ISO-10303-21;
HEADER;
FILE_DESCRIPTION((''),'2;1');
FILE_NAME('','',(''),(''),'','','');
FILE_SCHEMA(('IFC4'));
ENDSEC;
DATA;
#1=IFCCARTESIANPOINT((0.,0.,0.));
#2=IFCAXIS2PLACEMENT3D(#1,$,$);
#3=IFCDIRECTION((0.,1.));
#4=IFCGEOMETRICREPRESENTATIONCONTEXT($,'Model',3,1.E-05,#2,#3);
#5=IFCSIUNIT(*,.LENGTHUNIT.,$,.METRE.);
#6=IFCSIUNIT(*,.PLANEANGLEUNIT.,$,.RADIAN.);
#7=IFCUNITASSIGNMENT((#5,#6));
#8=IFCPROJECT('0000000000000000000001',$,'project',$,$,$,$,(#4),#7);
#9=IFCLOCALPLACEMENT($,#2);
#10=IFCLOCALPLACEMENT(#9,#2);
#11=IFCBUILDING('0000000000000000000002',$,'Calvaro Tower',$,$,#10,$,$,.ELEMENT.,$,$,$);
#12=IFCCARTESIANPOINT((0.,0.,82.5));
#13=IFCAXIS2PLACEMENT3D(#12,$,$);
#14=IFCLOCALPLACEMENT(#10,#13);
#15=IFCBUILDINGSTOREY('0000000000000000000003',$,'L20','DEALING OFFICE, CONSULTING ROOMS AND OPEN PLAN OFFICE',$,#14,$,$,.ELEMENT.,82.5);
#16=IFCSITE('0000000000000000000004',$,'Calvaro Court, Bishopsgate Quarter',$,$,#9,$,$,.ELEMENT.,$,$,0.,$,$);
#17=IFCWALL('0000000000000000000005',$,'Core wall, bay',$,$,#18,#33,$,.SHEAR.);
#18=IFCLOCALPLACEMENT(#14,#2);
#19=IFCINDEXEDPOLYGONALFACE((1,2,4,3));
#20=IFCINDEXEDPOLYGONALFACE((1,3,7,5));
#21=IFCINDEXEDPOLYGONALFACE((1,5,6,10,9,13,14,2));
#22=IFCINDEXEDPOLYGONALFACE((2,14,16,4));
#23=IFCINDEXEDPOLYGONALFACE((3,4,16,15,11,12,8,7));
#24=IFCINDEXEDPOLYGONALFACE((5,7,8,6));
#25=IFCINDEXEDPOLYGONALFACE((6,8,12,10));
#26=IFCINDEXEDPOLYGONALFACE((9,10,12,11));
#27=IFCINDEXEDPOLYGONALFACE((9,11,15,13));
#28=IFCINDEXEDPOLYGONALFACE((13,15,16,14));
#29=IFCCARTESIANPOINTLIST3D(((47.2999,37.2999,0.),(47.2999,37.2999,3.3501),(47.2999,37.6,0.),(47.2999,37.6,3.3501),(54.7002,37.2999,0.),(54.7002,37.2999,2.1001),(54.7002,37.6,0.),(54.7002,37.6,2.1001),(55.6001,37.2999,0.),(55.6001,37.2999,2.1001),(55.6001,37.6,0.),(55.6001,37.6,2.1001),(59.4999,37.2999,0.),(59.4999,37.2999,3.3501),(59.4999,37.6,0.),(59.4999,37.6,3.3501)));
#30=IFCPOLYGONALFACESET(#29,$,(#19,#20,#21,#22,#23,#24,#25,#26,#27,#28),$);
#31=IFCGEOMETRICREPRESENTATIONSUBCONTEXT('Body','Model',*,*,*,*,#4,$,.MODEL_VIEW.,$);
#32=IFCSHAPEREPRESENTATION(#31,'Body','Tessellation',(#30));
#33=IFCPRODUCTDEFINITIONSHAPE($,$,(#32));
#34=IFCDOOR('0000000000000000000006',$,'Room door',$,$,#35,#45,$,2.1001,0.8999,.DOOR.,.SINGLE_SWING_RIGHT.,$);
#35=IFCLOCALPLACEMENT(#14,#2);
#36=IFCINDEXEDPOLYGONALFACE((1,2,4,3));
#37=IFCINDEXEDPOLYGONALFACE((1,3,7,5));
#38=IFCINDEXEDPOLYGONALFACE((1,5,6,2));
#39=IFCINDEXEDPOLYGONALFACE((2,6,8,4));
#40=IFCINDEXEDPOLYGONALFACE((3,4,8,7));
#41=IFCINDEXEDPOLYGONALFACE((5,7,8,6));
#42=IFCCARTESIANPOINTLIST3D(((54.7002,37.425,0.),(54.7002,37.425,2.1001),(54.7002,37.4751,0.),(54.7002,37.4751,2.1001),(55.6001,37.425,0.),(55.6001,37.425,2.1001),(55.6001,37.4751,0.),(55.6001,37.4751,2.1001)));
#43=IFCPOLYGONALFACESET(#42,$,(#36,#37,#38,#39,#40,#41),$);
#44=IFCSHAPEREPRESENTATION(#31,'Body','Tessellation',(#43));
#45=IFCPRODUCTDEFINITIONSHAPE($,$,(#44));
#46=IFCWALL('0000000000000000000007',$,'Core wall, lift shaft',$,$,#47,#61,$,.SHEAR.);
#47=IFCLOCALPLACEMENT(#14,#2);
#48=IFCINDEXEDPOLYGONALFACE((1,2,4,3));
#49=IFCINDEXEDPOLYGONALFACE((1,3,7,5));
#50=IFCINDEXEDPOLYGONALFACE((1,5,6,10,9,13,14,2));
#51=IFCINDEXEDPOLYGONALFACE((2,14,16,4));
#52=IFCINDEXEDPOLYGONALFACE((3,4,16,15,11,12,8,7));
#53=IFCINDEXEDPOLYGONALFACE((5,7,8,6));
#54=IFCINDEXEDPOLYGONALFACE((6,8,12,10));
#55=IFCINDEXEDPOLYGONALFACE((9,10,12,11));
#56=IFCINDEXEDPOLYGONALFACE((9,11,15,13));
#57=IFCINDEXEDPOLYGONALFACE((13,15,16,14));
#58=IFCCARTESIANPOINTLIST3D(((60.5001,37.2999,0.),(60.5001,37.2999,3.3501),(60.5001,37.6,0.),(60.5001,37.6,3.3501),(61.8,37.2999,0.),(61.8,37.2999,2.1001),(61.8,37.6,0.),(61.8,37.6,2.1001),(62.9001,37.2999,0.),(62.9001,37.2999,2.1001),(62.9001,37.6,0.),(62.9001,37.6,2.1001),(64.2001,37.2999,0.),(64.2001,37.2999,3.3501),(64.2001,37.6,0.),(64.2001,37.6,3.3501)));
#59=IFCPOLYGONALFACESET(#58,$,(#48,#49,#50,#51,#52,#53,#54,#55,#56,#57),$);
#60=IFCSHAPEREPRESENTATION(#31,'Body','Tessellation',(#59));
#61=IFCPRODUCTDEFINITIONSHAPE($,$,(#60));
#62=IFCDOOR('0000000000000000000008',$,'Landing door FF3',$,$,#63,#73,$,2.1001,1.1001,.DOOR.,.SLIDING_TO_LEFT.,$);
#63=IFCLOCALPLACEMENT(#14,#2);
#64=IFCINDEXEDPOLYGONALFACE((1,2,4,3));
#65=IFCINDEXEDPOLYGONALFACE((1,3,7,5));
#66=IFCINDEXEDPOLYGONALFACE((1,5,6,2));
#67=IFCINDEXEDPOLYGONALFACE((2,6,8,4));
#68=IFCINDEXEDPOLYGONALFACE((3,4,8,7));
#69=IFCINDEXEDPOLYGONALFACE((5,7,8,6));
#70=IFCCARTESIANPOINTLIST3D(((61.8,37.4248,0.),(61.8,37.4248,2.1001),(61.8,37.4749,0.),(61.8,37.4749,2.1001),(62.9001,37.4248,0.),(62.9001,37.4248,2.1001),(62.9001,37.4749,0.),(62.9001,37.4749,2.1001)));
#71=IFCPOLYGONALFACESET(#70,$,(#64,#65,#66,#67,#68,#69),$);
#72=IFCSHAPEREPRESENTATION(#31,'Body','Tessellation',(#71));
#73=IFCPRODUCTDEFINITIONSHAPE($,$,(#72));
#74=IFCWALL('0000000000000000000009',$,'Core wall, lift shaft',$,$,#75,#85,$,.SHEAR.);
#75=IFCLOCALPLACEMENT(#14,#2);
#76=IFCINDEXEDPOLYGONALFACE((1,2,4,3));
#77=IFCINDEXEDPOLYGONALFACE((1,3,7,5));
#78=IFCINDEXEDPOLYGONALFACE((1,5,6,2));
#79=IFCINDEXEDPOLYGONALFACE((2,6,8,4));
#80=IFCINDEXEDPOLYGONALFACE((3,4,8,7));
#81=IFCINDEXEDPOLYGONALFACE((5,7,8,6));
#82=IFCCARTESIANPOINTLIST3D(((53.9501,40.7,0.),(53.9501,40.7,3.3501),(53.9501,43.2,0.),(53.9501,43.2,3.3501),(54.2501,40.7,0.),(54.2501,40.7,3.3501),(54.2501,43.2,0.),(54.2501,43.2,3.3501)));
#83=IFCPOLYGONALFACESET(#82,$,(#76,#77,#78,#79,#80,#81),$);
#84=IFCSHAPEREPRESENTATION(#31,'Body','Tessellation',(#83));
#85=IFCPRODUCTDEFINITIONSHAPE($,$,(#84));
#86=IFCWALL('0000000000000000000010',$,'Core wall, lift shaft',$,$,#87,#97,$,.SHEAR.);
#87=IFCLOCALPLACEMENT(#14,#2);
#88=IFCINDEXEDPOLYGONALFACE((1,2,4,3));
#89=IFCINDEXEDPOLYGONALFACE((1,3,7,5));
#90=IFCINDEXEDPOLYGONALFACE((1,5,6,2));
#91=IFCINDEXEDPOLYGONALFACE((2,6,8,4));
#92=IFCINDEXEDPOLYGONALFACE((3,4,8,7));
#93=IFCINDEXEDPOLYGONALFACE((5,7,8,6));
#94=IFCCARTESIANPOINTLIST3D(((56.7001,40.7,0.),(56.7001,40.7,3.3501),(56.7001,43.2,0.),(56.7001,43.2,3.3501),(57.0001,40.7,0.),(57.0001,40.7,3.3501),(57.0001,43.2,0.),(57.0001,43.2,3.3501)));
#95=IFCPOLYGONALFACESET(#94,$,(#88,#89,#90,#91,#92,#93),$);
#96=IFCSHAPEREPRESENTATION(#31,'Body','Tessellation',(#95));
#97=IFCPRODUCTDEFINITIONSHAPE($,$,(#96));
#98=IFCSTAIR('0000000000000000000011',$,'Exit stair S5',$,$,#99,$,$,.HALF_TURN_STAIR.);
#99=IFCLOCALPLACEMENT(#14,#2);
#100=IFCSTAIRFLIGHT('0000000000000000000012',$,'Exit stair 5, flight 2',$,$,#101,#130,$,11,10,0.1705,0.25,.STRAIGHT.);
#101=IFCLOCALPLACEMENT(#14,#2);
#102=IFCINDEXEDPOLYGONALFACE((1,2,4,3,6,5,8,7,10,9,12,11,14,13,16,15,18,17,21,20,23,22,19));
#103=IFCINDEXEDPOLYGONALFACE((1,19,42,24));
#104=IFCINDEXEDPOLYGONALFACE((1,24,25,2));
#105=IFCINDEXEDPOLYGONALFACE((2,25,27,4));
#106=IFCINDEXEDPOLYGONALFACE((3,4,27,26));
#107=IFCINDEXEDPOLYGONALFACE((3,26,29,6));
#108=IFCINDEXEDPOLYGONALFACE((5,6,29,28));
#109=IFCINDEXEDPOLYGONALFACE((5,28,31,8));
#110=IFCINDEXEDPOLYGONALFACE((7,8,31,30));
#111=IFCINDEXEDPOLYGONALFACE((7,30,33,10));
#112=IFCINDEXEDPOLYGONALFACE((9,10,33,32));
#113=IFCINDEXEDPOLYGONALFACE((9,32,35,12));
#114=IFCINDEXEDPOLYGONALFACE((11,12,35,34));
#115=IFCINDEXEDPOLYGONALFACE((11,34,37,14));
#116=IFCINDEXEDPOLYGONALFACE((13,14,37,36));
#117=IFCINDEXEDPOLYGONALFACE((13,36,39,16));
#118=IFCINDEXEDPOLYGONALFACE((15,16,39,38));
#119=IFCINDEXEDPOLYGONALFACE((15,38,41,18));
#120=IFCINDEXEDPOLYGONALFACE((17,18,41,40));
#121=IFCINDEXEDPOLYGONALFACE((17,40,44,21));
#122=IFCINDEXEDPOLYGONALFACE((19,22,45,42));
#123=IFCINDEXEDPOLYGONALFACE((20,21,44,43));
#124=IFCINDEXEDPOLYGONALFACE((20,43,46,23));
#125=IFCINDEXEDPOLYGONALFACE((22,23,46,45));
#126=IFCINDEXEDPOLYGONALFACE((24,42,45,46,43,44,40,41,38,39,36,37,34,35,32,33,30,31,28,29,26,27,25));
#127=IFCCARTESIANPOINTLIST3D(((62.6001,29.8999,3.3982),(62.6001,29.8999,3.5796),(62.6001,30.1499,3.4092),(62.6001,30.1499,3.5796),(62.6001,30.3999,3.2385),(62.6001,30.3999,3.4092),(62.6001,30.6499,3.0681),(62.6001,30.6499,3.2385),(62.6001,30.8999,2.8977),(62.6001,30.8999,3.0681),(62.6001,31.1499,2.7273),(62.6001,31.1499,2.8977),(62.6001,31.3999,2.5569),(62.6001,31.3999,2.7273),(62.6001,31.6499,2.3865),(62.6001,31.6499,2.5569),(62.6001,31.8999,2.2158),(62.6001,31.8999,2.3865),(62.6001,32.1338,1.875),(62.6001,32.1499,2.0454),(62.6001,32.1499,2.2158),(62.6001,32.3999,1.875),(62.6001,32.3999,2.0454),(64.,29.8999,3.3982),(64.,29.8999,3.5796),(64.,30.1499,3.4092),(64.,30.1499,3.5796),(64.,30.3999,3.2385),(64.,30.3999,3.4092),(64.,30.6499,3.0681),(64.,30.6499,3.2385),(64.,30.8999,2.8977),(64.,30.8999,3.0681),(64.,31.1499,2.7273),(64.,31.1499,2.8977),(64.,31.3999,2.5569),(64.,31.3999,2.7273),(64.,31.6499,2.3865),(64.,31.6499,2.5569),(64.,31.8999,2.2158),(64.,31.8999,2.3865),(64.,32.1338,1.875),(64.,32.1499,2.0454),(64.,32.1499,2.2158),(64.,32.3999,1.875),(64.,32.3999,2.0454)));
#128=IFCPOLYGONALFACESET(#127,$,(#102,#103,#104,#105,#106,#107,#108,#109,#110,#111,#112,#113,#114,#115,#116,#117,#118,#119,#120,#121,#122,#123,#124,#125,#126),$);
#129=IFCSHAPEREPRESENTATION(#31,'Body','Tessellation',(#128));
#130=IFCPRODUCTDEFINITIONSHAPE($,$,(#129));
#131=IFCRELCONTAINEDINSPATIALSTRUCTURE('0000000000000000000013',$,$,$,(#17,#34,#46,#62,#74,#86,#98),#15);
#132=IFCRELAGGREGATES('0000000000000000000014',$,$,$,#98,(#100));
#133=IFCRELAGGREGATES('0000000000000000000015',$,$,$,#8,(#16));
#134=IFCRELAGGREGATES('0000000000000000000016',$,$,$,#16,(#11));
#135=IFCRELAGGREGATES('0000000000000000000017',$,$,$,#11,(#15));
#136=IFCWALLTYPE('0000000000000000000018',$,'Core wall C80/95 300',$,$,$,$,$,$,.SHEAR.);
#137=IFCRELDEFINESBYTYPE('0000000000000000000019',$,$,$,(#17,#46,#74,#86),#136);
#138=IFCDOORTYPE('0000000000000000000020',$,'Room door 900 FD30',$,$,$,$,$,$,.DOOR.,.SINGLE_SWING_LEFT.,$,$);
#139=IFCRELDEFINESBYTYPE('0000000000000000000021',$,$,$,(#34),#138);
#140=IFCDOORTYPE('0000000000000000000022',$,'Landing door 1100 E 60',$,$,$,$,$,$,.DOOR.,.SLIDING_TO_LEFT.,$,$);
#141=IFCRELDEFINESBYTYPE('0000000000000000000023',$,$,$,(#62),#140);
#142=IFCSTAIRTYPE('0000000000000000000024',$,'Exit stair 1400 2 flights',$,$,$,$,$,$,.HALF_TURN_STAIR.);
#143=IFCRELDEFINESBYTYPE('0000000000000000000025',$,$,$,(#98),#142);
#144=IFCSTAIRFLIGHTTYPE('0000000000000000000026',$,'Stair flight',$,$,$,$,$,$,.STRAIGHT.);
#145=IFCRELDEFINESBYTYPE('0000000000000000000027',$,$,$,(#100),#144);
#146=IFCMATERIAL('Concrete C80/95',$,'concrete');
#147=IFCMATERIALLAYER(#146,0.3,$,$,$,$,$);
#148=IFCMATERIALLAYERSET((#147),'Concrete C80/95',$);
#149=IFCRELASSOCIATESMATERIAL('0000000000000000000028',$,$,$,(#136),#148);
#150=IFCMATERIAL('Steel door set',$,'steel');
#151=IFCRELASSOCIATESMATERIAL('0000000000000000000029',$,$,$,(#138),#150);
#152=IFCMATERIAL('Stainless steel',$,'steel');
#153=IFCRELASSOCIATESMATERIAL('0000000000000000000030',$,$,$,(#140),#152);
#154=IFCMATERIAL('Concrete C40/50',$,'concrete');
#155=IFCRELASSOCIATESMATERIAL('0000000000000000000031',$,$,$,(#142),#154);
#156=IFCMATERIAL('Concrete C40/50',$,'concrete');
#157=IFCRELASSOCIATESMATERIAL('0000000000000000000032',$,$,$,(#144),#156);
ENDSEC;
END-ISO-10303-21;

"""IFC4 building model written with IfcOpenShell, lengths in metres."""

from ifc_helpers import new_model, si_unit, direction, frame, frame_2d, origin, place, context, subcontext, project, spatial, polyline, rectangle, outline, extrude, material, layer, layer_set, type_object, element, fill, aggregate, save


model = new_model("IFC4")

# Units and contexts
model_context = context("Model", 3, precision=1e-05, world=origin(), true_north=direction((0.0, 1.0)))
body_context = subcontext(model_context, "Body", "Model", "MODEL_VIEW")
ifc_project = project(units=[si_unit("LENGTHUNIT", "METRE"), si_unit("PLANEANGLEUNIT", "RADIAN")], contexts=[model_context])

# Site, building, storey
site_placement = place(None, origin())
site = spatial("IfcSite", under=ifc_project, at=site_placement, Name="Calvaro Court, Bishopsgate Quarter", CompositionType="ELEMENT", RefElevation=0.0)
building_placement = place(site_placement, origin())
building = spatial("IfcBuilding", under=site, at=building_placement, Name="Calvaro Tower", CompositionType="ELEMENT")
storey_placement = place(building_placement, frame((0.0, 0.0, 82.5)))
storey = spatial("IfcBuildingStorey", under=building, at=storey_placement, Name="L20", Description="DEALING OFFICE, CONSULTING ROOMS AND OPEN PLAN OFFICE", CompositionType="ELEMENT", Elevation=82.5)

# Shared definitions
ifc_material_1 = material(Name="Concrete C80/95", Category="concrete")
ifc_layer_1 = layer(ifc_material_1, 0.3)
ifc_layer_set_1 = layer_set([ifc_layer_1], Name="Concrete C80/95")
wall_type_1 = type_object("IfcWallType", Name="Core wall C80/95 300", PredefinedType="SHEAR", material=ifc_layer_set_1)

# Walls, openings, doors
wall_1_placement = place(storey_placement, frame((59.5, 37.45, 0.0), z_axis=(0.0, 0.0, 1.0), x_axis=(-1.0, 0.0, 0.0)))
wall_1 = element("IfcWall", 1, at=wall_1_placement, inside=storey, type_object=wall_type_1, Name="Core wall, bay", PredefinedType="SHEAR", context=body_context, shape_type="SweptSolid", body=[
    extrude(rectangle(XDim=12.2, YDim=0.3, at=frame_2d((6.1001, 0.0))), origin(), (0.0, 0.0, 1.0), 3.3501),
])
opening_1_placement = place(wall_1_placement, frame((3.8999, 0.0, 0.0)))
opening_1 = element("IfcOpeningElement", 2, at=opening_1_placement, cuts=wall_1, PredefinedType="OPENING", context=body_context, shape_type="SweptSolid", body=[
    extrude(rectangle(XDim=0.8999, YDim=2.1001, at=frame_2d((0.45, 1.05))), frame((0.0, 0.1599, 0.0), z_axis=(0.0, -1.0, 0.0), x_axis=(1.0, 0.0, 0.0)), (0.0, 0.0, 1.0), 0.3201),
])
ifc_material_2 = material(Name="Steel door set", Category="steel")
door_type_1 = type_object("IfcDoorType", Name="Room door 900 FD30", OperationType="SINGLE_SWING_LEFT", PredefinedType="DOOR", material=ifc_material_2)
door_1_placement = place(opening_1_placement, origin())
door_1 = element("IfcDoor", 3, at=door_1_placement, inside=storey, type_object=door_type_1, Name="Room door", OperationType="SINGLE_SWING_RIGHT", OverallHeight=2.1001, OverallWidth=0.8999, PredefinedType="DOOR", context=body_context, shape_type="SweptSolid", body=[
    extrude(rectangle(XDim=0.8999, YDim=2.1001, at=frame_2d((0.45, 1.05))), frame((0.0, 0.0249, 0.0), z_axis=(0.0, -1.0, 0.0), x_axis=(1.0, 0.0, 0.0)), (0.0, 0.0, 1.0), 0.05),
])
fill(opening_1, door_1)
wall_2_placement = place(storey_placement, frame((60.5, 37.45, 0.0), z_axis=(0.0, 0.0, 1.0), x_axis=(1.0, 0.0, 0.0)))
wall_2 = element("IfcWall", 4, at=wall_2_placement, inside=storey, type_object=wall_type_1, Name="Core wall, lift shaft", PredefinedType="SHEAR", context=body_context, shape_type="SweptSolid", body=[
    extrude(rectangle(XDim=3.7, YDim=0.3, at=frame_2d((1.8501, 0.0))), origin(), (0.0, 0.0, 1.0), 3.3501),
])
opening_2_placement = place(wall_2_placement, frame((1.3, 0.0, 0.0)))
opening_2 = element("IfcOpeningElement", 5, at=opening_2_placement, cuts=wall_2, PredefinedType="OPENING", context=body_context, shape_type="SweptSolid", body=[
    extrude(rectangle(XDim=1.1001, YDim=2.1001, at=frame_2d((0.55, 1.05))), frame((0.0, 0.1599, 0.0), z_axis=(0.0, -1.0, 0.0), x_axis=(1.0, 0.0, 0.0)), (0.0, 0.0, 1.0), 0.3201),
])
ifc_material_3 = material(Name="Stainless steel", Category="steel")
door_type_2 = type_object("IfcDoorType", Name="Landing door 1100 E 60", OperationType="SLIDING_TO_LEFT", PredefinedType="DOOR", material=ifc_material_3)
door_2_placement = place(opening_2_placement, origin())
door_2 = element("IfcDoor", 6, at=door_2_placement, inside=storey, type_object=door_type_2, Name="Landing door FF3", OperationType="SLIDING_TO_LEFT", OverallHeight=2.1001, OverallWidth=1.1001, PredefinedType="DOOR", context=body_context, shape_type="SweptSolid", body=[
    extrude(rectangle(XDim=1.1001, YDim=2.1001, at=frame_2d((0.55, 1.05))), frame((0.0, 0.0249, 0.0), z_axis=(0.0, -1.0, 0.0), x_axis=(1.0, 0.0, 0.0)), (0.0, 0.0, 1.0), 0.05),
])
fill(opening_2, door_2)

# Walls
for number, where, z_axis, x_axis, name in (
    (7, (54.1001, 40.7, 0.0), (0.0, 0.0, 1.0), (0.0, 1.0, 0.0), "Core wall, lift shaft"),
    (8, (56.8501, 40.7, 0.0), (0.0, 0.0, 1.0), (0.0, 1.0, 0.0), "Core wall, lift shaft"),
):
    element("IfcWall", number, at=place(storey_placement, frame(where, z_axis=z_axis, x_axis=x_axis)), inside=storey, type_object=wall_type_1, Name=name, PredefinedType="SHEAR", context=body_context, shape_type="SweptSolid", body=[
        extrude(rectangle(XDim=2.5, YDim=0.3, at=frame_2d((1.25, 0.0))), origin(), (0.0, 0.0, 1.0), 3.3501),
    ])

# Stair, stair flight
ifc_material_4 = material(Name="Concrete C40/50", Category="concrete")
stair_type = type_object("IfcStairType", Name="Exit stair 1400 2 flights", PredefinedType="HALF_TURN_STAIR", material=ifc_material_4)
stair_1_placement = place(storey_placement, origin())
stair_1 = element("IfcStair", 9, at=stair_1_placement, inside=storey, type_object=stair_type, Name="Exit stair S5", PredefinedType="HALF_TURN_STAIR")
ifc_material_5 = material(Name="Concrete C40/50", Category="concrete")
stair_flight_type = type_object("IfcStairFlightType", Name="Stair flight", PredefinedType="STRAIGHT", material=ifc_material_5)
stair_flight_placement = place(storey_placement, frame((63.3, 32.3999, 1.875), z_axis=(0.0, 0.0, 1.0), x_axis=(0.0, -1.0, 0.0)))
stair_flight = element("IfcStairFlight", 10, at=stair_flight_placement, type_object=stair_flight_type, Name="Exit stair 5, flight 2", NumberOfRisers=11, NumberOfTreads=10, PredefinedType="STRAIGHT", RiserHeight=0.1705, TreadLength=0.25, context=body_context, shape_type="SweptSolid", body=[
    extrude(outline(polyline([(0.0, 0.0), (0.0, 0.1704), (0.25, 0.1704), (0.25, 0.3408), (0.5, 0.3408), (0.5, 0.5115), (0.75, 0.5115), (0.75, 0.6819), (1.0, 0.6819), (1.0, 0.8523), (1.25, 0.8523), (1.25, 1.0227), (1.5, 1.0227), (1.5, 1.1931), (1.75, 1.1931), (1.75, 1.3635), (2.0, 1.3635), (2.0, 1.5342), (2.25, 1.5342), (2.25, 1.7046), (2.5, 1.7046), (2.5, 1.875), (2.5, 1.5232), (0.2661, 0.0), (0.0, 0.0)])), frame((0.0, 0.7, 0.0), z_axis=(0.0, -1.0, 0.0), x_axis=(1.0, 0.0, 0.0)), (0.0, 0.0, 1.0), 1.3999),
])

aggregate(stair_1, [stair_flight])

save(model, "model.ifc")
